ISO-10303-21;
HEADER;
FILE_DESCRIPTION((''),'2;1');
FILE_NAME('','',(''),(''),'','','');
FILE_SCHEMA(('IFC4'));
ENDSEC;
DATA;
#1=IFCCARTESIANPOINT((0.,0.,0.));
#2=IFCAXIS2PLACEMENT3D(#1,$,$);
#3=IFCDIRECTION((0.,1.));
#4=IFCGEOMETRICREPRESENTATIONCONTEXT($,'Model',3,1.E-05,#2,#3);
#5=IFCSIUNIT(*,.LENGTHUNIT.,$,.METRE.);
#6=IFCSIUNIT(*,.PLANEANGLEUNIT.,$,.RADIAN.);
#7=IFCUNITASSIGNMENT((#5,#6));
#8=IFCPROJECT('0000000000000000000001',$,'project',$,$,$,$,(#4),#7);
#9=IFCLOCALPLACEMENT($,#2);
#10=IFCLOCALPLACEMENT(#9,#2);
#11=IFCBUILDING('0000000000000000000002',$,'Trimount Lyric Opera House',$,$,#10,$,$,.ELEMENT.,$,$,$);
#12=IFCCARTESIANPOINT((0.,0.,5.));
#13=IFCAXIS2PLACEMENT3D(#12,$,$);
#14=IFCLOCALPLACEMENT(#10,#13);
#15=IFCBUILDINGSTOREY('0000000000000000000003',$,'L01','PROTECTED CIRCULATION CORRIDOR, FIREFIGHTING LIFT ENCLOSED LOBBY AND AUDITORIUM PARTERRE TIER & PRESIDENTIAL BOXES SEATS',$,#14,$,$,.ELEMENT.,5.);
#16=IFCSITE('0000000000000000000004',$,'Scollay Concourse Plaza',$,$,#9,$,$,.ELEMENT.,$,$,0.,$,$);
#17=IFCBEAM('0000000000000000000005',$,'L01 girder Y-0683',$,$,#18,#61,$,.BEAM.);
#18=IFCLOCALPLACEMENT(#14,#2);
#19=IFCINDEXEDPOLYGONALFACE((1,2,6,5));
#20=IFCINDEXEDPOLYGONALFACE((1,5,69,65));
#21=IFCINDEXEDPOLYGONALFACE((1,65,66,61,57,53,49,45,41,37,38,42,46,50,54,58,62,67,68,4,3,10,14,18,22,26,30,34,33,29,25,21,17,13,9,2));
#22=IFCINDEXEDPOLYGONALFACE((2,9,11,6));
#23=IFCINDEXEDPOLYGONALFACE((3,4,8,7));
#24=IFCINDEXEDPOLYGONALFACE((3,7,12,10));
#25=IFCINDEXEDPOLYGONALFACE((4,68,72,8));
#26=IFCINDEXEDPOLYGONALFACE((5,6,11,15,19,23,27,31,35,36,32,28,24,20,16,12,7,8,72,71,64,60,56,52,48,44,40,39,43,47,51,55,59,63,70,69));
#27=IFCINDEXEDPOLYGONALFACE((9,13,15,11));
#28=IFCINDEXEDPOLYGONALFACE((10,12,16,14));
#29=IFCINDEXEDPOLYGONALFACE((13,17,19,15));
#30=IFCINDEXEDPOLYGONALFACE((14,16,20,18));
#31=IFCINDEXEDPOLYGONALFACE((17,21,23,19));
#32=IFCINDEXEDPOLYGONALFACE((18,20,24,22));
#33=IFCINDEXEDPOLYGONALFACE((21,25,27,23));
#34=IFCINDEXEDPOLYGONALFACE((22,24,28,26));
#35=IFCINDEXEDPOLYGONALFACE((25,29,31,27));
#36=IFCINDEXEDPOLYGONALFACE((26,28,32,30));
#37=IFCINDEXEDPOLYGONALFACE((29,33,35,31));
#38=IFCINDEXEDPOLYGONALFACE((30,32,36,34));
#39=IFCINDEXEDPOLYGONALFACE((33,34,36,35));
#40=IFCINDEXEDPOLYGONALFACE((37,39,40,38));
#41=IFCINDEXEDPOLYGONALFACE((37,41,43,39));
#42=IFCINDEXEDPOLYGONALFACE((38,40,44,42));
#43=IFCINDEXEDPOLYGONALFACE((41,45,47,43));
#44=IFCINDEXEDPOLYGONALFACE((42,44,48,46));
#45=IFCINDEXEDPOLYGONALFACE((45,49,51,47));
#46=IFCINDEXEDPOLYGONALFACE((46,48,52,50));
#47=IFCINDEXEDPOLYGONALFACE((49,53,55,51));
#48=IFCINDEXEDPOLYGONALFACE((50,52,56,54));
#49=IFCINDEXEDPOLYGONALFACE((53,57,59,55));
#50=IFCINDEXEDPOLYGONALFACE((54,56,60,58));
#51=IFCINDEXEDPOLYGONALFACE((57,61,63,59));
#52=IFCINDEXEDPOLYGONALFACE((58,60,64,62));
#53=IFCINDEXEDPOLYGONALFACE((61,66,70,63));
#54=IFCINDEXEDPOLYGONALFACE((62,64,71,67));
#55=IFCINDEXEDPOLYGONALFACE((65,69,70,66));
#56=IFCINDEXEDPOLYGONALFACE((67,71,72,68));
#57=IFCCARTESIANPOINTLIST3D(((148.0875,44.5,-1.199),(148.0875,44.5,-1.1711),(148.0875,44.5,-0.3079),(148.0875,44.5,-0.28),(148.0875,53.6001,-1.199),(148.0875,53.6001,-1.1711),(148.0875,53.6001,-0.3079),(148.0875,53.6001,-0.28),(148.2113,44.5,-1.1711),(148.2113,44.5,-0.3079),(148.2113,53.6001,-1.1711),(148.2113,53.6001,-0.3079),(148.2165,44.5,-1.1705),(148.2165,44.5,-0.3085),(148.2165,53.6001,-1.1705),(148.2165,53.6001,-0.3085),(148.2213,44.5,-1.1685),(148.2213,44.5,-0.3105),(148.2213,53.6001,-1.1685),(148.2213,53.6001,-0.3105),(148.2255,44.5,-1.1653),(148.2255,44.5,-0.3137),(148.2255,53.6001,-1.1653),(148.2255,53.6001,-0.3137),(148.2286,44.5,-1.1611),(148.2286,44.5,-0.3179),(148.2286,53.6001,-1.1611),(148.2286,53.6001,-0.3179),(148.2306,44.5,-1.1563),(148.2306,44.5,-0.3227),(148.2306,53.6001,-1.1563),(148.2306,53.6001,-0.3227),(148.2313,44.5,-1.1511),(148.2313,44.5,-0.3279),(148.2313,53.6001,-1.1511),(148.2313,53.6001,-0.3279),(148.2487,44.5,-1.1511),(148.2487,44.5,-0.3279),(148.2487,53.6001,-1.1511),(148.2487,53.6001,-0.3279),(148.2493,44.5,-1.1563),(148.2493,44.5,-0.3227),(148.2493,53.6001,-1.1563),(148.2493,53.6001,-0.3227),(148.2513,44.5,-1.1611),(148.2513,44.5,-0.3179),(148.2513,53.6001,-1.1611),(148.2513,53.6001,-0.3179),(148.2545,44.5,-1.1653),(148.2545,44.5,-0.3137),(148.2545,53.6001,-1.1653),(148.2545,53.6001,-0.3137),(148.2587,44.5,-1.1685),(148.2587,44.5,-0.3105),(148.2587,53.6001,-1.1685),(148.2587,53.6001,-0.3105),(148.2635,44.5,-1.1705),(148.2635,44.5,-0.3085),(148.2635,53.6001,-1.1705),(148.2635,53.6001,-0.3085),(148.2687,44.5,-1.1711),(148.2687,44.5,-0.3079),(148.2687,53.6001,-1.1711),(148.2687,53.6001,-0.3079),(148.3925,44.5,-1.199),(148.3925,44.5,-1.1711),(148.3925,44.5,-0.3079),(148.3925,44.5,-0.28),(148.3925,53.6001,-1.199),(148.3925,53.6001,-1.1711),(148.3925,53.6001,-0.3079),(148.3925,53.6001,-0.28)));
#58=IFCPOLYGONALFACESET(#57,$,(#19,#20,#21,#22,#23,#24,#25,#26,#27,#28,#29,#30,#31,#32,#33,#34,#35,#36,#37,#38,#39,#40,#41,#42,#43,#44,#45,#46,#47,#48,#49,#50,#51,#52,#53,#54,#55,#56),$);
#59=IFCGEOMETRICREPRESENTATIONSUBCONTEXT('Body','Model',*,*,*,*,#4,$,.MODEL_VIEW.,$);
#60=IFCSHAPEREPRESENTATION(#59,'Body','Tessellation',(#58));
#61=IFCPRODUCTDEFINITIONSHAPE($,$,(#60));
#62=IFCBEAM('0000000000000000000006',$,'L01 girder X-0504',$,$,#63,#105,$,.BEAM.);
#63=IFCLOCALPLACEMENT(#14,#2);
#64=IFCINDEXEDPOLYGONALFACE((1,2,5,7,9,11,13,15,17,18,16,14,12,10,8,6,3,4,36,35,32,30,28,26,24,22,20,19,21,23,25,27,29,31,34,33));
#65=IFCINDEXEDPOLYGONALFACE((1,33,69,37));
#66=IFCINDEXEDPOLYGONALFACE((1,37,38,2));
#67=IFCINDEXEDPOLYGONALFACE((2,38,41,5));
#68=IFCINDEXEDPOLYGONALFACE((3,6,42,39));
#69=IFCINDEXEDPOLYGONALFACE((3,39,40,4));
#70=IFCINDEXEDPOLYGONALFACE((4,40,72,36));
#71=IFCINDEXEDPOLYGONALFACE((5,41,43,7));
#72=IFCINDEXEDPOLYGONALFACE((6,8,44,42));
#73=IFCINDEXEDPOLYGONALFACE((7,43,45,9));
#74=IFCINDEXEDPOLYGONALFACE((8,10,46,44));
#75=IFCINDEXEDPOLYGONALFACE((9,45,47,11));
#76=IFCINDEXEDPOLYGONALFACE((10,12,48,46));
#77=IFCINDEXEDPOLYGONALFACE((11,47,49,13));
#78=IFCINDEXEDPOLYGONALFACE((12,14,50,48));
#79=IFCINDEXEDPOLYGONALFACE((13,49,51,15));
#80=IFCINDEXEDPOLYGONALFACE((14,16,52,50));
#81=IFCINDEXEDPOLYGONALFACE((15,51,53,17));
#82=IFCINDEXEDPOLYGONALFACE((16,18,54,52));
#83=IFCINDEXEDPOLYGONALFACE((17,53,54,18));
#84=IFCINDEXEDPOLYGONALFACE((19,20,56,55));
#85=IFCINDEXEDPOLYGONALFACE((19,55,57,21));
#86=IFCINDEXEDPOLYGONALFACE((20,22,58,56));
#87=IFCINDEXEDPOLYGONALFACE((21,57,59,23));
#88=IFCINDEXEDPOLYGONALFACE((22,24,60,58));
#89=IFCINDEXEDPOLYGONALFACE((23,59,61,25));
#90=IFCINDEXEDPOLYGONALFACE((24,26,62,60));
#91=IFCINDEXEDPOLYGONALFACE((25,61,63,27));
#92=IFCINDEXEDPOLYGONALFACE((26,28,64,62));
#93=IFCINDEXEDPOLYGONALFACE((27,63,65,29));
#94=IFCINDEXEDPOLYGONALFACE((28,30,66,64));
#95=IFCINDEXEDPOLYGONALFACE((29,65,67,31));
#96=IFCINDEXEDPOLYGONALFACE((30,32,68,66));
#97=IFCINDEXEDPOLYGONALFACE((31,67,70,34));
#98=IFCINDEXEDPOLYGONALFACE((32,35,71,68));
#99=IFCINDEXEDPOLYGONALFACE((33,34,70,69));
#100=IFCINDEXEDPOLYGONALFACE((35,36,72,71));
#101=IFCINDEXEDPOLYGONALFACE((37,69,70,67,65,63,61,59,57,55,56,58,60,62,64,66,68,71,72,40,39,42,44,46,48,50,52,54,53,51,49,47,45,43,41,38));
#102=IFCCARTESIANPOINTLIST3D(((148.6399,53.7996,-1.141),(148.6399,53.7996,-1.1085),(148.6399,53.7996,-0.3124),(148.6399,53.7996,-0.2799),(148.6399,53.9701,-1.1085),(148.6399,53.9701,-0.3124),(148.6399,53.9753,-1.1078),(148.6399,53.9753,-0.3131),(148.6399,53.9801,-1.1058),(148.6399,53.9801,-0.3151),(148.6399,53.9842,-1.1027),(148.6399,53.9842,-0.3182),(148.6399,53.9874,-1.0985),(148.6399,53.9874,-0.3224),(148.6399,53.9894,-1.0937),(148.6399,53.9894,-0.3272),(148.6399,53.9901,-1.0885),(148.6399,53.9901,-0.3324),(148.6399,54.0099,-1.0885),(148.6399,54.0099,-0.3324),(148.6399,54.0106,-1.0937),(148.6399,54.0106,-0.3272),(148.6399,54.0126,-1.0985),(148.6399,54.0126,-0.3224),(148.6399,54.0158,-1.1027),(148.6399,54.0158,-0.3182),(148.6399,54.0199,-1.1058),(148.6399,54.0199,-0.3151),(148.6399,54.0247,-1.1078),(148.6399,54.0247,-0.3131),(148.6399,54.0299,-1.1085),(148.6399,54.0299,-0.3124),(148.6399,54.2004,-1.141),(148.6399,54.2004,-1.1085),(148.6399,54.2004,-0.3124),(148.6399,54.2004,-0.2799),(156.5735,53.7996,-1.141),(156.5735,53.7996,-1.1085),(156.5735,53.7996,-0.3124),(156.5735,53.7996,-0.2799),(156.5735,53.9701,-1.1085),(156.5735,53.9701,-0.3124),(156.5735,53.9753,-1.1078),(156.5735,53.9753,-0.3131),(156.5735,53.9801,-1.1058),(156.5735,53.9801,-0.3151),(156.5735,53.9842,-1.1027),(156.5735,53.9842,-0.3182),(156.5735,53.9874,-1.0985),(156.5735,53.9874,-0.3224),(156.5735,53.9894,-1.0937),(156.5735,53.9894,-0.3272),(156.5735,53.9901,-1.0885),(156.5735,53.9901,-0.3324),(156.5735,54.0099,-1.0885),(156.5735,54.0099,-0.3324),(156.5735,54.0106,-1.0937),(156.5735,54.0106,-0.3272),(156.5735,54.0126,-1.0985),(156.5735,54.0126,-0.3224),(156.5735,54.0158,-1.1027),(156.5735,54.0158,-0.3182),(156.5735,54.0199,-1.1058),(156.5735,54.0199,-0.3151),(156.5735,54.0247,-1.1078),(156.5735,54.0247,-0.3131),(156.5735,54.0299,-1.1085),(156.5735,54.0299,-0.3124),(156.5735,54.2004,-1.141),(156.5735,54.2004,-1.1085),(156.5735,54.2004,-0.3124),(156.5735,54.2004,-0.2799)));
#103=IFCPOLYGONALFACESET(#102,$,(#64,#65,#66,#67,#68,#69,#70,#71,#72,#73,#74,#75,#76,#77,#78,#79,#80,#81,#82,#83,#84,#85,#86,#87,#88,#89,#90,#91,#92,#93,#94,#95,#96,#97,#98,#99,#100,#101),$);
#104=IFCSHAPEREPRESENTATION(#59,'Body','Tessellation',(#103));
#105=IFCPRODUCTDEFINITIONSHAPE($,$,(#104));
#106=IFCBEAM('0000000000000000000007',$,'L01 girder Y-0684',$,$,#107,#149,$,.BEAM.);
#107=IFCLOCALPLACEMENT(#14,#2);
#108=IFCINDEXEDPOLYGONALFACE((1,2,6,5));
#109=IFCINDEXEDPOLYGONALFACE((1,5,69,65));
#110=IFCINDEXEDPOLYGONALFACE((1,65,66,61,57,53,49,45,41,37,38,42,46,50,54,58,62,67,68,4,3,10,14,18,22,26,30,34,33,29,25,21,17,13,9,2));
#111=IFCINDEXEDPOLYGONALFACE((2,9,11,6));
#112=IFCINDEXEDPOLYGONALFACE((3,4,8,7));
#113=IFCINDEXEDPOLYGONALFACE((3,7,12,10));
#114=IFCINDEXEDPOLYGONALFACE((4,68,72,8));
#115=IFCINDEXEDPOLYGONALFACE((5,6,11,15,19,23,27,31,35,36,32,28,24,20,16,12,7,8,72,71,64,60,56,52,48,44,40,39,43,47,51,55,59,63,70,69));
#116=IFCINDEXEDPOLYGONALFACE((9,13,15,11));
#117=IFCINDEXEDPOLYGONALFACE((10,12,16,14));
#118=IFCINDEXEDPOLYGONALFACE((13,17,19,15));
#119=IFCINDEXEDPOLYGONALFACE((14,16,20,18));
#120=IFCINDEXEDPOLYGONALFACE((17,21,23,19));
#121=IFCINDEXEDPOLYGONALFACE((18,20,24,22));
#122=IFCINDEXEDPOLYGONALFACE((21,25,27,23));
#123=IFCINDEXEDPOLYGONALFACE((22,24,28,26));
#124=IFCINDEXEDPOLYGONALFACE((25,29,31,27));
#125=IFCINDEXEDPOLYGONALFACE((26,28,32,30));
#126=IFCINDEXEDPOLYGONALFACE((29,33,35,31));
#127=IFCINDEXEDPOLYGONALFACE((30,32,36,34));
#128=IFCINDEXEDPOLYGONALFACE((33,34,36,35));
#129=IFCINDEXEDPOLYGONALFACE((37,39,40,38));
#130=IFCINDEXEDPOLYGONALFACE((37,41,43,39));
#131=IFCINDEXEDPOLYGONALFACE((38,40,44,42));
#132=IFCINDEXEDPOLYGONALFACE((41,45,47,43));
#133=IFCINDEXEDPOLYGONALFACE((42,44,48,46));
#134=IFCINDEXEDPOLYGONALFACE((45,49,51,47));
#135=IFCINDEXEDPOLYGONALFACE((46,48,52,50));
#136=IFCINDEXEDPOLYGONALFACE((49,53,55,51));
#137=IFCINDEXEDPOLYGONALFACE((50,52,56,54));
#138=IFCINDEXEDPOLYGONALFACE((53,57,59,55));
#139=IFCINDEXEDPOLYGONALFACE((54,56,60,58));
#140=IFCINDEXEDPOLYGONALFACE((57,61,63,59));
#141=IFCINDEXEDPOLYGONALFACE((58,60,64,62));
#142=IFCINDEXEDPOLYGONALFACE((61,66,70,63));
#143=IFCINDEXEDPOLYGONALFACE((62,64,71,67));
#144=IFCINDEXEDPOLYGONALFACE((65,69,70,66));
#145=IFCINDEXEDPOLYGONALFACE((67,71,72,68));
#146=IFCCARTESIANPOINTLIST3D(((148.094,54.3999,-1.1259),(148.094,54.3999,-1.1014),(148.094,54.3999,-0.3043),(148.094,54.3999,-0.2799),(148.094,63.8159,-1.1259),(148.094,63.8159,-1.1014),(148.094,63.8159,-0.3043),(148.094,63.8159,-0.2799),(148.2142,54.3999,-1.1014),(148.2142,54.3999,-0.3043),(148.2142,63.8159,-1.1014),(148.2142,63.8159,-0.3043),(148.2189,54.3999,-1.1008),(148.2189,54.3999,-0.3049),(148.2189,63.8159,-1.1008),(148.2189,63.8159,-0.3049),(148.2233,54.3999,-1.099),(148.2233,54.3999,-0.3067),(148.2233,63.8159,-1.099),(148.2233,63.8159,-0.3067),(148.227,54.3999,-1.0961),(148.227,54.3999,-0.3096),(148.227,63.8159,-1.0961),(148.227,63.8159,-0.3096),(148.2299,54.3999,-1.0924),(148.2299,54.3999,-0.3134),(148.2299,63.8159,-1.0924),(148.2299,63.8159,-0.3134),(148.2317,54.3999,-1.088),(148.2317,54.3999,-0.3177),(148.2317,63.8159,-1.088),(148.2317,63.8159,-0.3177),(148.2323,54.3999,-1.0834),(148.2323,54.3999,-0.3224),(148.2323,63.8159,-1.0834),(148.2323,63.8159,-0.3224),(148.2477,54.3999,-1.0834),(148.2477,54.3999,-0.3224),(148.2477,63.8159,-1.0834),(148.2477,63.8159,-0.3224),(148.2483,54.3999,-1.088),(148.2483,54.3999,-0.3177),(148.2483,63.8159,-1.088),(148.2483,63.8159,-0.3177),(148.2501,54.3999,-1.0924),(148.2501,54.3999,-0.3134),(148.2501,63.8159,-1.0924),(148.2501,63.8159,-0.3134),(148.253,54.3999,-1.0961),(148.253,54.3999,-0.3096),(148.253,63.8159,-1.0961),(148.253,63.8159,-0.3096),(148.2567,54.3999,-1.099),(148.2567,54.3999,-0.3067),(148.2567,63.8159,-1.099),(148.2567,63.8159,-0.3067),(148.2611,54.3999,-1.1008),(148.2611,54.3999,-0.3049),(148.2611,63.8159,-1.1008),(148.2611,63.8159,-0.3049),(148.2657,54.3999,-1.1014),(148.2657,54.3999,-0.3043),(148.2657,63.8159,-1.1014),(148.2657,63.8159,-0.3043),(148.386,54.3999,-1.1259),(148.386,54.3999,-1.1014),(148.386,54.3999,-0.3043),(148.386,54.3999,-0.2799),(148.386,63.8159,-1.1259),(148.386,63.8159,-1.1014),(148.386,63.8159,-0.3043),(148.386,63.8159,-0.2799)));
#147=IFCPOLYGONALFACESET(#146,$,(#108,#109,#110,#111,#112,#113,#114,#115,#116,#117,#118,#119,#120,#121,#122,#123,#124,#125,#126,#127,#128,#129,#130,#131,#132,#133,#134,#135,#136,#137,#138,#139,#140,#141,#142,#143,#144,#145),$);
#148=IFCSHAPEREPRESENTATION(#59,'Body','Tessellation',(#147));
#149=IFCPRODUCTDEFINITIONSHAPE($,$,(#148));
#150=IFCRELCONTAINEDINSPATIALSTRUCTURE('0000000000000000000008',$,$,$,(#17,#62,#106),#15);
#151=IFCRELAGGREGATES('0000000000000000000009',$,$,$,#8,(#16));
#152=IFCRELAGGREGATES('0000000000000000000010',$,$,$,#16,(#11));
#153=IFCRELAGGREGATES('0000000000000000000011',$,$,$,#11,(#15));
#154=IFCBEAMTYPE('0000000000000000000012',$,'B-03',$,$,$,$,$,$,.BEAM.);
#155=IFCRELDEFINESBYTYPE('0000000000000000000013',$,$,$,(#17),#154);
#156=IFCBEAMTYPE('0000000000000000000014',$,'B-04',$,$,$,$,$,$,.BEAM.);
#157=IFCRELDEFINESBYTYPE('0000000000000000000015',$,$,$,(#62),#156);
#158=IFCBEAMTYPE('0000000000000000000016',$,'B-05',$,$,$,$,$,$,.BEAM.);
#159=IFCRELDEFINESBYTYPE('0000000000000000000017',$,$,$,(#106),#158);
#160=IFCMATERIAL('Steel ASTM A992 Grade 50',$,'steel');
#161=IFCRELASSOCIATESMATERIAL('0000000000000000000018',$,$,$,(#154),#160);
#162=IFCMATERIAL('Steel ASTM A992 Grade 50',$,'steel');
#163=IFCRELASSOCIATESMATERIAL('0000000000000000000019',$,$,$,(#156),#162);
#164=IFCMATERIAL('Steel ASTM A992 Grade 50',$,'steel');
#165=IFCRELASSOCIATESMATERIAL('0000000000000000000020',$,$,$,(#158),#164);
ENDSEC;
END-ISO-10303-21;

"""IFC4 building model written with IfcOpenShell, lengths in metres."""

from ifc_helpers import new_model, si_unit, direction, frame, origin, origin_2d, place, context, subcontext, project, spatial, i_section, extrude, material, material_profile, profile_set, type_object, element, save


model = new_model("IFC4")

# Units and contexts
model_context = context("Model", 3, precision=1e-05, world=origin(), true_north=direction((0.0, 1.0)))
body_context = subcontext(model_context, "Body", "Model", "MODEL_VIEW")
ifc_project = project(units=[si_unit("LENGTHUNIT", "METRE"), si_unit("PLANEANGLEUNIT", "RADIAN")], contexts=[model_context])

# Site, building, storey
site_placement = place(None, origin())
site = spatial("IfcSite", under=ifc_project, at=site_placement, Name="Scollay Concourse Plaza", CompositionType="ELEMENT", RefElevation=0.0)
building_placement = place(site_placement, origin())
building = spatial("IfcBuilding", under=site, at=building_placement, Name="Trimount Lyric Opera House", CompositionType="ELEMENT")
storey_placement = place(building_placement, frame((0.0, 0.0, 5.0)))
storey = spatial("IfcBuildingStorey", under=building, at=storey_placement, Name="L01", Description="PROTECTED CIRCULATION CORRIDOR, FIREFIGHTING LIFT ENCLOSED LOBBY AND AUDITORIUM PARTERRE TIER & PRESIDENTIAL BOXES SEATS", CompositionType="ELEMENT", Elevation=5.0)

# Beams
ifc_material_1 = material(Name="Steel ASTM A992 Grade 50", Category="steel")
ifc_material_profile_1 = material_profile(ifc_material_1, i_section(OverallWidth=0.3049, OverallDepth=0.9189, WebThickness=0.0173, FlangeThickness=0.0278, FilletRadius=0.02, at=origin_2d()), Name="W36X170")
ifc_profile_set_1 = profile_set([ifc_material_profile_1], Name="Steel ASTM A992 Grade 50")
beam_type_1 = type_object("IfcBeamType", Name="B-03", PredefinedType="BEAM", material=ifc_profile_set_1)
beam_1_placement = place(storey_placement, frame((148.24, 44.5, -0.7395), z_axis=(0.0, 1.0, 0.0), x_axis=(-1.0, 0.0, 0.0)))
element("IfcBeam", 1, at=beam_1_placement, inside=storey, type_object=beam_type_1, Name="L01 girder Y-0683", PredefinedType="BEAM", context=body_context, shape_type="SweptSolid", body=[
    extrude(i_section(OverallWidth=0.3049, OverallDepth=0.9189, WebThickness=0.0173, FlangeThickness=0.0278, FilletRadius=0.02, at=origin_2d()), origin(), (0.0, 0.0, 1.0), 9.1001),
])
ifc_material_2 = material(Name="Steel ASTM A992 Grade 50", Category="steel")
ifc_material_profile_2 = material_profile(ifc_material_2, i_section(OverallWidth=0.4009, OverallDepth=0.8611, WebThickness=0.0198, FlangeThickness=0.0325, FilletRadius=0.02, at=origin_2d()), Name="W33X221")
ifc_profile_set_2 = profile_set([ifc_material_profile_2], Name="Steel ASTM A992 Grade 50")
beam_type_2 = type_object("IfcBeamType", Name="B-04", PredefinedType="BEAM", material=ifc_profile_set_2)
beam_2_placement = place(storey_placement, frame((148.6399, 54.0, -0.7104), z_axis=(1.0, 0.0, 0.0), x_axis=(0.0, 1.0, 0.0)))
element("IfcBeam", 2, at=beam_2_placement, inside=storey, type_object=beam_type_2, Name="L01 girder X-0504", PredefinedType="BEAM", context=body_context, shape_type="SweptSolid", body=[
    extrude(i_section(OverallWidth=0.4009, OverallDepth=0.8611, WebThickness=0.0198, FlangeThickness=0.0325, FilletRadius=0.02, at=origin_2d()), origin(), (0.0, 0.0, 1.0), 7.9336),
])
ifc_material_3 = material(Name="Steel ASTM A992 Grade 50", Category="steel")
ifc_material_profile_3 = material_profile(ifc_material_3, i_section(OverallWidth=0.292, OverallDepth=0.8459, WebThickness=0.0154, FlangeThickness=0.0244, FilletRadius=0.0181, at=origin_2d()), Name="W33X141")
ifc_profile_set_3 = profile_set([ifc_material_profile_3], Name="Steel ASTM A992 Grade 50")
beam_type_3 = type_object("IfcBeamType", Name="B-05", PredefinedType="BEAM", material=ifc_profile_set_3)
beam_3_placement = place(storey_placement, frame((148.24, 54.3999, -0.7029), z_axis=(0.0, 1.0, 0.0), x_axis=(-1.0, 0.0, 0.0)))
element("IfcBeam", 3, at=beam_3_placement, inside=storey, type_object=beam_type_3, Name="L01 girder Y-0684", PredefinedType="BEAM", context=body_context, shape_type="SweptSolid", body=[
    extrude(i_section(OverallWidth=0.292, OverallDepth=0.8459, WebThickness=0.0154, FlangeThickness=0.0244, FilletRadius=0.0181, at=origin_2d()), origin(), (0.0, 0.0, 1.0), 9.416),
])

save(model, "model.ifc")
